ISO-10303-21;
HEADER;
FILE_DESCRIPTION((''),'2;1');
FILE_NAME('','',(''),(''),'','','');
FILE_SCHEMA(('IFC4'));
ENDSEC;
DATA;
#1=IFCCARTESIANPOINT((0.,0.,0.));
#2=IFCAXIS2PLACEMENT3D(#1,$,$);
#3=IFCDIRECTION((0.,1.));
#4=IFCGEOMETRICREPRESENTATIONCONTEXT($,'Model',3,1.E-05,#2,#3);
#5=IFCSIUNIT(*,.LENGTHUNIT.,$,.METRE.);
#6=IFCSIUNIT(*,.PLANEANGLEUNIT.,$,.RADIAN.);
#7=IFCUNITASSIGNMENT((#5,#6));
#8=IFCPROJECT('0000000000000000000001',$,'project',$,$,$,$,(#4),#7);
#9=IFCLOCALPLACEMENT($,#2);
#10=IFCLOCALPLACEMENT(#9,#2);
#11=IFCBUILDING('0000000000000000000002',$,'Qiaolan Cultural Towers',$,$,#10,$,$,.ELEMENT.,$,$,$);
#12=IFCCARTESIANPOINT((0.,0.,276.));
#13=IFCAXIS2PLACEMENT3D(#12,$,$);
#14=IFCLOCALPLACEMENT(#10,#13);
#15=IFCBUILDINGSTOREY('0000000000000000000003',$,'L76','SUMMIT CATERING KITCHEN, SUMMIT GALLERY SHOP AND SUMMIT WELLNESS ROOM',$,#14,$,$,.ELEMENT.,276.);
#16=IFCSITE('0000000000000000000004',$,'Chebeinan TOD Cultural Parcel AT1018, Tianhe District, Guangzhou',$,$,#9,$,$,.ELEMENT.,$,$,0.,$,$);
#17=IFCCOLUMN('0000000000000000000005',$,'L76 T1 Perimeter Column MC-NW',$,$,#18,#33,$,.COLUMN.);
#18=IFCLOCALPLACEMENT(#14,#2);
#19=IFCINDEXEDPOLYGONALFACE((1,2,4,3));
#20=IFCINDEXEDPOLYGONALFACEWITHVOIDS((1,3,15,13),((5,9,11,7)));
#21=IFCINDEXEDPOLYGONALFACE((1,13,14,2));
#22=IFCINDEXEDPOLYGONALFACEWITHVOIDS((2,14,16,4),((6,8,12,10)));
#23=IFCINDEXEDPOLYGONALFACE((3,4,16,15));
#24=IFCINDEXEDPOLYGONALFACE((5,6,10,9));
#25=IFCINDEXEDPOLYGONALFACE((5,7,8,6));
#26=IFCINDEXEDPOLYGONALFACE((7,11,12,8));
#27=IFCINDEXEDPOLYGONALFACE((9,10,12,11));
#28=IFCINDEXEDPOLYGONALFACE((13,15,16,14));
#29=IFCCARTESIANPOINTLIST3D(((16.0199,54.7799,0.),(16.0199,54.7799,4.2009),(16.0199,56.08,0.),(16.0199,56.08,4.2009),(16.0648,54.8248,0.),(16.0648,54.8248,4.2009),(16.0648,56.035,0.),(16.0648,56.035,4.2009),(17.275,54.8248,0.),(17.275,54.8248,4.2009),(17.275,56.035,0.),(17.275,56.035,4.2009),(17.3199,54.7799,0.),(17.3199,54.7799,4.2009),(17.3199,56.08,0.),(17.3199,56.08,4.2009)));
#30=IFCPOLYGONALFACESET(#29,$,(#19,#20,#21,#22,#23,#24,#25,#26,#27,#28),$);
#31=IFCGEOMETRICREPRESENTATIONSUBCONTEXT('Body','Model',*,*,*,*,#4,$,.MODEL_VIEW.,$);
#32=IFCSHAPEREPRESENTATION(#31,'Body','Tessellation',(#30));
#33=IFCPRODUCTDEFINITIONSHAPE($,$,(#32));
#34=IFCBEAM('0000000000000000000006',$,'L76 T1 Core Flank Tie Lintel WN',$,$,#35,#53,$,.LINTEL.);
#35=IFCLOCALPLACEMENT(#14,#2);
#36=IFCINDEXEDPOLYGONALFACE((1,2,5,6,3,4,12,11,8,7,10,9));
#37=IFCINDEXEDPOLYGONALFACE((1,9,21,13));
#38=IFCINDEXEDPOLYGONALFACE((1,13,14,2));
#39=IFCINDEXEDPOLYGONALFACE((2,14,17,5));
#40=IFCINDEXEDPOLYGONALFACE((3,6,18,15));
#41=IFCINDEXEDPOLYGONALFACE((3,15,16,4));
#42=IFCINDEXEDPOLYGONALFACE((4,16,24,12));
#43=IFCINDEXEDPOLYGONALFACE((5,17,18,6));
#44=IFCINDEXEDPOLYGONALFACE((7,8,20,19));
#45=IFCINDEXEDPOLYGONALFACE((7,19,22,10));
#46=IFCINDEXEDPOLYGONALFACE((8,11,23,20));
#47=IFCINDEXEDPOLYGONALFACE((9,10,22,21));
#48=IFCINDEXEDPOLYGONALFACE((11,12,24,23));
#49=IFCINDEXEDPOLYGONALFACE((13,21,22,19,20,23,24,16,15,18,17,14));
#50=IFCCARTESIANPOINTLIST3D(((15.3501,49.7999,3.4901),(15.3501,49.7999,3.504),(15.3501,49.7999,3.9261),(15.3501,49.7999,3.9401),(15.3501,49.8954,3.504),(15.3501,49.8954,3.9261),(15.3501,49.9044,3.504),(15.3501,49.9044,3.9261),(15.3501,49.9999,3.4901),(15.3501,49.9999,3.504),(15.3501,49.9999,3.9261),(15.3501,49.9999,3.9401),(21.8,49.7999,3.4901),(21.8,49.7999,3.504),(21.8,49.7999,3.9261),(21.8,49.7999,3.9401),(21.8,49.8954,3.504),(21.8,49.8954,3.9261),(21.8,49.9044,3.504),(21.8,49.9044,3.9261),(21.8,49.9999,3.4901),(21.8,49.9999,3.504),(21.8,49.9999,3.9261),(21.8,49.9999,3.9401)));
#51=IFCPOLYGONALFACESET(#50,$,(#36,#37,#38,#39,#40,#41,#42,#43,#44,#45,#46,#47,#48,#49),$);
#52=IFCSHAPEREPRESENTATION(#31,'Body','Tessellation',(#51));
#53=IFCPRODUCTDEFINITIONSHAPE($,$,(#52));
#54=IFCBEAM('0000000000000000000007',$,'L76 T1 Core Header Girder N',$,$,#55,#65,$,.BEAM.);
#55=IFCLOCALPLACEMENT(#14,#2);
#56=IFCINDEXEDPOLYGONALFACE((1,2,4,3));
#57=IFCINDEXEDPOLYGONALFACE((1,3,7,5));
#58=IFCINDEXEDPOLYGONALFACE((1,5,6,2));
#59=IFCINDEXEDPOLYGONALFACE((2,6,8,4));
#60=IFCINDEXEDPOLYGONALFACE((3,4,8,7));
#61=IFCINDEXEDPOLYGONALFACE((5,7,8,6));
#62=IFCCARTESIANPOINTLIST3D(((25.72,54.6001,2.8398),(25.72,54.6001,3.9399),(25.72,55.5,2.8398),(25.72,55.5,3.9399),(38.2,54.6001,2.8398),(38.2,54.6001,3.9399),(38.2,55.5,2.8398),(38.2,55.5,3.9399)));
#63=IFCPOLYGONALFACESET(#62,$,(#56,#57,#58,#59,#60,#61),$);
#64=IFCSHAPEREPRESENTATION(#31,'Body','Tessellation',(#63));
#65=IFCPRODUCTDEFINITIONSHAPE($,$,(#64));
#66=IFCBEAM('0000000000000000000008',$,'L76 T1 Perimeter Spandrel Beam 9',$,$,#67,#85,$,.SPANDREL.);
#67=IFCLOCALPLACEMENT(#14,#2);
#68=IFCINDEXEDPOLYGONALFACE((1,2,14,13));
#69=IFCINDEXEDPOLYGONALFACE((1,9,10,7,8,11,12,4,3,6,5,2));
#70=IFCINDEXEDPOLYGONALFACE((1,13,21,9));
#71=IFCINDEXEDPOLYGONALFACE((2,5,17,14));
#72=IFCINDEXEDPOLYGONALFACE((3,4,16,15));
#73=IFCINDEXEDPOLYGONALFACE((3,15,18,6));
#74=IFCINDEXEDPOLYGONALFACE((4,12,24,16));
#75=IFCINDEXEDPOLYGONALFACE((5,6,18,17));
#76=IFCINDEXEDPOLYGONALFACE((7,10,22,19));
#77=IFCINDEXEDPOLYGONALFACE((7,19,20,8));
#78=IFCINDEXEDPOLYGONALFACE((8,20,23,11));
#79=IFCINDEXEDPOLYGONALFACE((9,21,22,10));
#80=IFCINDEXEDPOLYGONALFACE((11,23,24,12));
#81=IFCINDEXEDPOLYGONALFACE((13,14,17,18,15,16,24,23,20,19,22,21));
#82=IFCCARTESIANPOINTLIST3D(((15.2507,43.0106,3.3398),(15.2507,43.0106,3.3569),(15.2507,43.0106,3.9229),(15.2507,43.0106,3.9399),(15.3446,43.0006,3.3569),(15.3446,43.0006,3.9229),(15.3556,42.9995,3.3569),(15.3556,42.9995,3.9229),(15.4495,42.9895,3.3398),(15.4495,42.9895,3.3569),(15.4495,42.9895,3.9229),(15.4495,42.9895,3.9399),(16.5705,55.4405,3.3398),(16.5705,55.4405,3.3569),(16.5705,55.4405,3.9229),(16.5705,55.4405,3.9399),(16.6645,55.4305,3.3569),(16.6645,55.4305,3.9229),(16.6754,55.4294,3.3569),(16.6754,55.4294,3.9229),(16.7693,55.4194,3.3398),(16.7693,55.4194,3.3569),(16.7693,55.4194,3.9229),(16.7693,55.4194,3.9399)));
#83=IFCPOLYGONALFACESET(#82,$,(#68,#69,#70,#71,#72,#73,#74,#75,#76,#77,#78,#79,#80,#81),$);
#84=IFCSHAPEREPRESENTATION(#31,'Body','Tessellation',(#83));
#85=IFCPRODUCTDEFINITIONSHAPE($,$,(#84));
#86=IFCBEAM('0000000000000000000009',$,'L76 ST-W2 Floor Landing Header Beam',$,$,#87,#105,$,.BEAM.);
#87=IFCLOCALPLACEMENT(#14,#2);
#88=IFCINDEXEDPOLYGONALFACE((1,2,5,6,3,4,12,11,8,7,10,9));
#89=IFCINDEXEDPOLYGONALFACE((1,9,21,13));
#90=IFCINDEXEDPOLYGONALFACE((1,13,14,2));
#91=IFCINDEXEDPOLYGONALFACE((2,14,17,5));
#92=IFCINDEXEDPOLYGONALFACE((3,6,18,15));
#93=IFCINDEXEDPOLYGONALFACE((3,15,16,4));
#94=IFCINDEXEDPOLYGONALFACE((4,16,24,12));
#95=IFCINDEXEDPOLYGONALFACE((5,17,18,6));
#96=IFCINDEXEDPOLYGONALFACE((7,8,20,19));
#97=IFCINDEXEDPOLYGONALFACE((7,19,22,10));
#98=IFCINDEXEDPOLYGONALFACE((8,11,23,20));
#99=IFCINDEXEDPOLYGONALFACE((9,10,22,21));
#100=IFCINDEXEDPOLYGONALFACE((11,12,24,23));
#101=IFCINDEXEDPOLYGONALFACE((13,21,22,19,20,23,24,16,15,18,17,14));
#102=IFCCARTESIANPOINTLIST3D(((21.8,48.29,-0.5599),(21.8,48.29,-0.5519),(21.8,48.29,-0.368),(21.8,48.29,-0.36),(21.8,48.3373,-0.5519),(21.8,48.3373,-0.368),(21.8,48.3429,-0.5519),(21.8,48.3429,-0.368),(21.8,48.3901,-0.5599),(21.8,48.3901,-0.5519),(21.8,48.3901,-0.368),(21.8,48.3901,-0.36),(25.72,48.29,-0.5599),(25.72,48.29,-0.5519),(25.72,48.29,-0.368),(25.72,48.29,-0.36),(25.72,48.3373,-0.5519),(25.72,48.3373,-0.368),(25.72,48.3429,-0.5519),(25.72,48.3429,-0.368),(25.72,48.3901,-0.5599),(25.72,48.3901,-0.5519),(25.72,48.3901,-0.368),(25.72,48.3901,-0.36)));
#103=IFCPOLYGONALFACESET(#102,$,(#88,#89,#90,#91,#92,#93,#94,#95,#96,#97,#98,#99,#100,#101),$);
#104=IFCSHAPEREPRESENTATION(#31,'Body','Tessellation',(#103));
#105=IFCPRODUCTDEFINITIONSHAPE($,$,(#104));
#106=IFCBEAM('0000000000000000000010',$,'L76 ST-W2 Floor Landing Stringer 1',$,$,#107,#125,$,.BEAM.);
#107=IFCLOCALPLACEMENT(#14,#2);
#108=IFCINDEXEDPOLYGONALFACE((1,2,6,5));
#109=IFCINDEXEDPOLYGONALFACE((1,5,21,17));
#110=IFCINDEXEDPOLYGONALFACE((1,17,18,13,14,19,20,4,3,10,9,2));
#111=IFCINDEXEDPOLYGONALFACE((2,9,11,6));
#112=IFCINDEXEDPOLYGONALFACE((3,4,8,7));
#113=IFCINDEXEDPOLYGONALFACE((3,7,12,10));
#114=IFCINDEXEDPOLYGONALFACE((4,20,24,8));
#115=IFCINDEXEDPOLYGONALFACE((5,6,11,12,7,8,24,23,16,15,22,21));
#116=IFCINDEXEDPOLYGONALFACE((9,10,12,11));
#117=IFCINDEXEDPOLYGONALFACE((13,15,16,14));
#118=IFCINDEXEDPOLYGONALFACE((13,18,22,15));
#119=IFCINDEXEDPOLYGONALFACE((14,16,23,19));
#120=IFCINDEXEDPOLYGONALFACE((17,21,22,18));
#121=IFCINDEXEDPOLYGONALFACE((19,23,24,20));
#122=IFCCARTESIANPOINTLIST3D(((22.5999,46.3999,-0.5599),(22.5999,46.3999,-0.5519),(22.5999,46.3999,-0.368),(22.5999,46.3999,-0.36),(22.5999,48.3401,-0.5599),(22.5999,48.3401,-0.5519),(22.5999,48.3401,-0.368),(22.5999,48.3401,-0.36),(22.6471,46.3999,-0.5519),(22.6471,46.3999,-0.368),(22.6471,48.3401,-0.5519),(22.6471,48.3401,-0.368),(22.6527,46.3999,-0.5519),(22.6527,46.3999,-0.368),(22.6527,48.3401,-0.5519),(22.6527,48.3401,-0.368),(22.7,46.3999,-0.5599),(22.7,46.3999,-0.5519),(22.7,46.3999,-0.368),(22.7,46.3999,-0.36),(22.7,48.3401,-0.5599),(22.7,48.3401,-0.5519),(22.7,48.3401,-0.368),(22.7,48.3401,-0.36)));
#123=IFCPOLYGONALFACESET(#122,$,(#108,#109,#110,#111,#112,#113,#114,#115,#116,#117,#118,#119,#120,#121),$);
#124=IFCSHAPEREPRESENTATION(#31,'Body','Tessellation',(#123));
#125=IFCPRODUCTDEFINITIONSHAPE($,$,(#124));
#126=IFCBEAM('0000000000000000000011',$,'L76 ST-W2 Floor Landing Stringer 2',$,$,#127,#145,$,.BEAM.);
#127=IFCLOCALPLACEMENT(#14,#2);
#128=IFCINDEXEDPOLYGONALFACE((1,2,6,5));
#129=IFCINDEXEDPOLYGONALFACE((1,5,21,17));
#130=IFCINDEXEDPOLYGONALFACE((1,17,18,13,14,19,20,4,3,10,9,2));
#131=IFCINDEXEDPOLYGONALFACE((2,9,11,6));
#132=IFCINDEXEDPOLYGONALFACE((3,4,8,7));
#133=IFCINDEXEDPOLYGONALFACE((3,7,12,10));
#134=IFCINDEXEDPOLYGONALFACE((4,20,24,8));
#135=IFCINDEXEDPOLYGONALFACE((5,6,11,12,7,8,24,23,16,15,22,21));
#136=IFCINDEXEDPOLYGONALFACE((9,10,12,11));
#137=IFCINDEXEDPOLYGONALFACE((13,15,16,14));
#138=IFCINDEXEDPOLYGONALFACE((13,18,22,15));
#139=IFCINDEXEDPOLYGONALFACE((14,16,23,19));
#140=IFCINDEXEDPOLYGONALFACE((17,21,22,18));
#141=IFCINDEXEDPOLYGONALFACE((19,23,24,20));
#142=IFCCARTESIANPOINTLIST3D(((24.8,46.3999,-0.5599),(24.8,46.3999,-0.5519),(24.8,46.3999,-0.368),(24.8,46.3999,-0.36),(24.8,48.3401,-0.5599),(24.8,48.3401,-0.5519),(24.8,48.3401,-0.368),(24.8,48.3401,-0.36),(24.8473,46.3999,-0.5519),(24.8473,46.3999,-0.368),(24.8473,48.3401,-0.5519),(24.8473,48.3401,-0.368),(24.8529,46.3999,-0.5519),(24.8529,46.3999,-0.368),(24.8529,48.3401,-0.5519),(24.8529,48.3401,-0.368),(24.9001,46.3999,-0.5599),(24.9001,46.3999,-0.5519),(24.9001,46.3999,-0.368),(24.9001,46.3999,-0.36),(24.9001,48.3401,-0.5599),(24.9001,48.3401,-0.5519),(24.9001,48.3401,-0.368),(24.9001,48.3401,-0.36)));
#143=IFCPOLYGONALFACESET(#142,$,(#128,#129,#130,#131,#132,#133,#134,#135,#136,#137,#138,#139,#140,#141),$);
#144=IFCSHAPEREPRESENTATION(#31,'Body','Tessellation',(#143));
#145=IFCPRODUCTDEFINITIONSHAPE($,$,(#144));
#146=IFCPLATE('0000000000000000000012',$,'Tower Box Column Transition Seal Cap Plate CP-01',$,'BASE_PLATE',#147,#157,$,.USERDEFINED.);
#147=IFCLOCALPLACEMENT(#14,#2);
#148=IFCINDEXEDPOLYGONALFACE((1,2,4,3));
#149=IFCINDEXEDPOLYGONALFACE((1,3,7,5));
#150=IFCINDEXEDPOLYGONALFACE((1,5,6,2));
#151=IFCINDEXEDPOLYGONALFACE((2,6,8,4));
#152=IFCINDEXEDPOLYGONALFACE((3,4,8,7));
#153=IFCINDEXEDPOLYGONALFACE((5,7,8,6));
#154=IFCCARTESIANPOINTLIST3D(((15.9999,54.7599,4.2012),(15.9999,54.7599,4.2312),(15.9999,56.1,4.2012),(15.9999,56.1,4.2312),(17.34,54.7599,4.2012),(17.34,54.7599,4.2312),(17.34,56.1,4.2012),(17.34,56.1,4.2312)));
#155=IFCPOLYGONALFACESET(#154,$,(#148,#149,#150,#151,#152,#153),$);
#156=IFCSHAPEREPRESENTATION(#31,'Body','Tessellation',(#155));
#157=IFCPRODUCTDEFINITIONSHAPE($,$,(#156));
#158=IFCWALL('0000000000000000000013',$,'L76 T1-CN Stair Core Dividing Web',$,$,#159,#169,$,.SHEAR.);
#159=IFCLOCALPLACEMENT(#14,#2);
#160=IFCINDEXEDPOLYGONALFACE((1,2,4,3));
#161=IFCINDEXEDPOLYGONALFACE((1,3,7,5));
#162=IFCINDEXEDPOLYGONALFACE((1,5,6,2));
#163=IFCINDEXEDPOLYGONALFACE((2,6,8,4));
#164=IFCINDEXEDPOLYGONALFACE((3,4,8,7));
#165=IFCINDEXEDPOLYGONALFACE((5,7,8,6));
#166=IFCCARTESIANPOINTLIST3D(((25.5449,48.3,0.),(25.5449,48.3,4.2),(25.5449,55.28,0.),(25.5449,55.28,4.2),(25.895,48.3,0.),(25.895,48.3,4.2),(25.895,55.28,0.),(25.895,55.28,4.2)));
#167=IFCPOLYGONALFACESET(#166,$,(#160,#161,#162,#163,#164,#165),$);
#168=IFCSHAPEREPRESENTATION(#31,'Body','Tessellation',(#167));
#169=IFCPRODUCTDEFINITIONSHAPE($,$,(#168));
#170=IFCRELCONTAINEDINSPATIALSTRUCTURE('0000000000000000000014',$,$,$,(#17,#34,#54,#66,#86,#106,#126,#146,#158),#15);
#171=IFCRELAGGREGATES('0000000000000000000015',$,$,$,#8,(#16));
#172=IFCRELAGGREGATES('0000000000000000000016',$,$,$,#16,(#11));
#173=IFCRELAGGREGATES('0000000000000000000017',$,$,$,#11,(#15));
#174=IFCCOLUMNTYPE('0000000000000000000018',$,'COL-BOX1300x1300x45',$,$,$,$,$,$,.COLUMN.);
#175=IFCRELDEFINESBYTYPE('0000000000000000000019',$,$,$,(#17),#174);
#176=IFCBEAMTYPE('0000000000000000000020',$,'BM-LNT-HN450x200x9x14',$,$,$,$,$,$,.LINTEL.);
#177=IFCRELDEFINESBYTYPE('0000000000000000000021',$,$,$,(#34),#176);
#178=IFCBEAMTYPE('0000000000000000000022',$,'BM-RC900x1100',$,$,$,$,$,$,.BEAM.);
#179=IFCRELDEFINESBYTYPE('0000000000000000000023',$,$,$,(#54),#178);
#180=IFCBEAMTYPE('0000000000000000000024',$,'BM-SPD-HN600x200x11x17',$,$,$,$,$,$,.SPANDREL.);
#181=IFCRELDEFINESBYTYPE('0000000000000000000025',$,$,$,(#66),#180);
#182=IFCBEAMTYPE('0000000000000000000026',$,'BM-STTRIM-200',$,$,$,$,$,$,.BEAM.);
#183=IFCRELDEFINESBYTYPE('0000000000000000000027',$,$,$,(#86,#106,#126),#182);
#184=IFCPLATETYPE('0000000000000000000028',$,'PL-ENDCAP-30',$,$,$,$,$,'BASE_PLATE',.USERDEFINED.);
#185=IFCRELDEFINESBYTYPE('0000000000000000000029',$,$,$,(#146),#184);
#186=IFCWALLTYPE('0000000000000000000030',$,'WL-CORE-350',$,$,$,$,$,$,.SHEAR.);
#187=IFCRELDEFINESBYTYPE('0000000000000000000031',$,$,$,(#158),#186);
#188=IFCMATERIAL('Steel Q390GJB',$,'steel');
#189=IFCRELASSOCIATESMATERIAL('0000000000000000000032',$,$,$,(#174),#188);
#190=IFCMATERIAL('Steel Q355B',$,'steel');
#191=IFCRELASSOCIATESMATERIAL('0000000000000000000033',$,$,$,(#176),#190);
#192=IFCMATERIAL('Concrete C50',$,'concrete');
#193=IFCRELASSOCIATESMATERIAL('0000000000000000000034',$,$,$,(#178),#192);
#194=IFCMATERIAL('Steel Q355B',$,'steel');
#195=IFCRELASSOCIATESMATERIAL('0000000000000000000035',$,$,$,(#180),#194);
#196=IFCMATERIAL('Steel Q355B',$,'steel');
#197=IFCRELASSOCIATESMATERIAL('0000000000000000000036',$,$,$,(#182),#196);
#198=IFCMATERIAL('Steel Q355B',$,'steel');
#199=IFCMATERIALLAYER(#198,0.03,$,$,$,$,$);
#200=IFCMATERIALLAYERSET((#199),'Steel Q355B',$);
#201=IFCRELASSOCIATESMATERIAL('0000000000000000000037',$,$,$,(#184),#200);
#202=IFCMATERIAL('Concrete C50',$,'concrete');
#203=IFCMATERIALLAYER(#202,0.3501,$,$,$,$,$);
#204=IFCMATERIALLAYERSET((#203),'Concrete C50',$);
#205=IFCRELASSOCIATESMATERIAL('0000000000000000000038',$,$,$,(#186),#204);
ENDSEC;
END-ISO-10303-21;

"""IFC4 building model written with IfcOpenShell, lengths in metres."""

from ifc_helpers import new_model, si_unit, direction, frame, frame_2d, origin, origin_2d, place, context, subcontext, project, spatial, rectangle, hollow_rectangle, i_section, extrude, material, layer, layer_set, material_profile, profile_set, type_object, element, save


model = new_model("IFC4")

# Units and contexts
model_context = context("Model", 3, precision=1e-05, world=origin(), true_north=direction((0.0, 1.0)))
body_context = subcontext(model_context, "Body", "Model", "MODEL_VIEW")
ifc_project = project(units=[si_unit("LENGTHUNIT", "METRE"), si_unit("PLANEANGLEUNIT", "RADIAN")], contexts=[model_context])

# Site, building, storey
site_placement = place(None, origin())
site = spatial("IfcSite", under=ifc_project, at=site_placement, Name="Chebeinan TOD Cultural Parcel AT1018, Tianhe District, Guangzhou", CompositionType="ELEMENT", RefElevation=0.0)
building_placement = place(site_placement, origin())
building = spatial("IfcBuilding", under=site, at=building_placement, Name="Qiaolan Cultural Towers", CompositionType="ELEMENT")
storey_placement = place(building_placement, frame((0.0, 0.0, 276.0)))
storey = spatial("IfcBuildingStorey", under=building, at=storey_placement, Name="L76", Description="SUMMIT CATERING KITCHEN, SUMMIT GALLERY SHOP AND SUMMIT WELLNESS ROOM", CompositionType="ELEMENT", Elevation=276.0)

# Column
ifc_material_1 = material(Name="Steel Q390GJB", Category="steel")
ifc_material_profile_1 = material_profile(ifc_material_1, hollow_rectangle(XDim=1.3, YDim=1.3, WallThickness=0.0449, at=origin_2d()), Name="BOX1300x1300x45")
ifc_profile_set_1 = profile_set([ifc_material_profile_1], Name="Steel Q390GJB")
column_type = type_object("IfcColumnType", Name="COL-BOX1300x1300x45", PredefinedType="COLUMN", material=ifc_profile_set_1)
column_placement = place(storey_placement, frame((16.6699, 55.4299, 0.0), z_axis=(0.0, 0.0, 1.0), x_axis=(1.0, 0.0, 0.0)))
element("IfcColumn", 1, at=column_placement, inside=storey, type_object=column_type, Name="L76 T1 Perimeter Column MC-NW", PredefinedType="COLUMN", context=body_context, shape_type="SweptSolid", body=[
    extrude(hollow_rectangle(XDim=1.3, YDim=1.3, WallThickness=0.0449, at=origin_2d()), origin(), (0.0, 0.0, 1.0), 4.2009),
])

# Beams
ifc_material_2 = material(Name="Steel Q355B", Category="steel")
ifc_material_profile_2 = material_profile(ifc_material_2, i_section(OverallWidth=0.2, OverallDepth=0.45, WebThickness=0.009, FlangeThickness=0.0139, at=origin_2d()), Name="HN450x200x9x14")
ifc_profile_set_2 = profile_set([ifc_material_profile_2], Name="Steel Q355B")
beam_type_1 = type_object("IfcBeamType", Name="BM-LNT-HN450x200x9x14", PredefinedType="LINTEL", material=ifc_profile_set_2)
beam_1_placement = place(storey_placement, frame((21.8, 49.8999, 3.7151), z_axis=(-1.0, 0.0, 0.0), x_axis=(0.0, -1.0, 0.0)))
element("IfcBeam", 2, at=beam_1_placement, inside=storey, type_object=beam_type_1, Name="L76 T1 Core Flank Tie Lintel WN", PredefinedType="LINTEL", context=body_context, shape_type="SweptSolid", body=[
    extrude(i_section(OverallWidth=0.2, OverallDepth=0.45, WebThickness=0.009, FlangeThickness=0.0139, at=origin_2d()), origin(), (0.0, 0.0, 1.0), 6.45),
])
ifc_material_3 = material(Name="Concrete C50", Category="concrete")
ifc_material_profile_3 = material_profile(ifc_material_3, rectangle(XDim=0.8999, YDim=1.1001, at=origin_2d()), Name="RC900x1100")
ifc_profile_set_3 = profile_set([ifc_material_profile_3], Name="Concrete C50")
beam_type_2 = type_object("IfcBeamType", Name="BM-RC900x1100", PredefinedType="BEAM", material=ifc_profile_set_3)
beam_2_placement = place(storey_placement, frame((25.72, 55.05, 3.3899), z_axis=(1.0, 0.0, 0.0), x_axis=(0.0, 1.0, 0.0)))
element("IfcBeam", 3, at=beam_2_placement, inside=storey, type_object=beam_type_2, Name="L76 T1 Core Header Girder N", PredefinedType="BEAM", context=body_context, shape_type="SweptSolid", body=[
    extrude(rectangle(XDim=0.8999, YDim=1.1001, at=origin_2d()), origin(), (0.0, 0.0, 1.0), 12.48),
])
ifc_material_4 = material(Name="Steel Q355B", Category="steel")
ifc_material_profile_4 = material_profile(ifc_material_4, i_section(OverallWidth=0.2, OverallDepth=0.6001, WebThickness=0.011, FlangeThickness=0.0171, at=origin_2d()), Name="HN600x200x11x17")
ifc_profile_set_4 = profile_set([ifc_material_profile_4], Name="Steel Q355B")
beam_type_3 = type_object("IfcBeamType", Name="BM-SPD-HN600x200x11x17", PredefinedType="SPANDREL", material=ifc_profile_set_4)
beam_3_placement = place(storey_placement, frame((16.6699, 55.4299, 3.6399), z_axis=(-0.105588, -0.99441, 0.0), x_axis=(0.99441, -0.105588, 0.0)))
element("IfcBeam", 4, at=beam_3_placement, inside=storey, type_object=beam_type_3, Name="L76 T1 Perimeter Spandrel Beam 9", PredefinedType="SPANDREL", context=body_context, shape_type="SweptSolid", body=[
    extrude(i_section(OverallWidth=0.2, OverallDepth=0.6001, WebThickness=0.011, FlangeThickness=0.0171, at=origin_2d()), origin(), (0.0, 0.0, 1.0), 12.4998),
])
ifc_material_5 = material(Name="Steel Q355B", Category="steel")
ifc_material_profile_5 = material_profile(ifc_material_5, i_section(OverallWidth=0.1001, OverallDepth=0.2, WebThickness=0.0056, FlangeThickness=0.0081, at=origin_2d()), Name="HN200x100x5.5x8")
ifc_profile_set_5 = profile_set([ifc_material_profile_5], Name="Steel Q355B")
beam_type_4 = type_object("IfcBeamType", Name="BM-STTRIM-200", PredefinedType="BEAM", material=ifc_profile_set_5)
beam_4_placement = place(storey_placement, frame((21.8, 48.3401, -0.46), z_axis=(1.0, 0.0, 0.0), x_axis=(0.0, 1.0, 0.0)))
element("IfcBeam", 5, at=beam_4_placement, inside=storey, type_object=beam_type_4, Name="L76 ST-W2 Floor Landing Header Beam", PredefinedType="BEAM", context=body_context, shape_type="SweptSolid", body=[
    extrude(i_section(OverallWidth=0.1001, OverallDepth=0.2, WebThickness=0.0056, FlangeThickness=0.0081, at=origin_2d()), origin(), (0.0, 0.0, 1.0), 3.9199),
])
for number, where, z_axis, x_axis, name in (
    (6, (22.6499, 46.3999, -0.46), (0.0, 1.0, 0.0), (-1.0, 0.0, 0.0), "L76 ST-W2 Floor Landing Stringer 1"),
    (7, (24.8501, 46.3999, -0.46), (0.0, 1.0, 0.0), (-1.0, 0.0, 0.0), "L76 ST-W2 Floor Landing Stringer 2"),
):
    element("IfcBeam", number, at=place(storey_placement, frame(where, z_axis=z_axis, x_axis=x_axis)), inside=storey, type_object=beam_type_4, Name=name, PredefinedType="BEAM", context=body_context, shape_type="SweptSolid", body=[
        extrude(i_section(OverallWidth=0.1001, OverallDepth=0.2, WebThickness=0.0056, FlangeThickness=0.0081, at=origin_2d()), origin(), (0.0, 0.0, 1.0), 1.9402),
    ])

# Plate
ifc_material_6 = material(Name="Steel Q355B", Category="steel")
ifc_layer_1 = layer(ifc_material_6, 0.03)
ifc_layer_set_1 = layer_set([ifc_layer_1], Name="Steel Q355B")
plate_type = type_object("IfcPlateType", Name="PL-ENDCAP-30", ElementType="BASE_PLATE", PredefinedType="USERDEFINED", material=ifc_layer_set_1)
plate_placement = place(storey_placement, frame((16.6699, 55.4299, 4.2012), z_axis=(0.0, 0.0, 1.0), x_axis=(1.0, 0.0, 0.0)))
element("IfcPlate", 8, at=plate_placement, inside=storey, type_object=plate_type, Name="Tower Box Column Transition Seal Cap Plate CP-01", ObjectType="BASE_PLATE", PredefinedType="USERDEFINED", context=body_context, shape_type="SweptSolid", body=[
    extrude(rectangle(XDim=1.3401, YDim=1.3401, at=origin_2d()), origin(), (0.0, 0.0, 1.0), 0.03),
])

# Wall
ifc_material_7 = material(Name="Concrete C50", Category="concrete")
ifc_layer_2 = layer(ifc_material_7, 0.3501)
ifc_layer_set_2 = layer_set([ifc_layer_2], Name="Concrete C50")
wall_type_1 = type_object("IfcWallType", Name="WL-CORE-350", PredefinedType="SHEAR", material=ifc_layer_set_2)
wall_1_placement = place(storey_placement, frame((25.72, 48.3, 0.0), z_axis=(0.0, 0.0, 1.0), x_axis=(0.0, 1.0, 0.0)))
element("IfcWall", 9, at=wall_1_placement, inside=storey, type_object=wall_type_1, Name="L76 T1-CN Stair Core Dividing Web", PredefinedType="SHEAR", context=body_context, shape_type="SweptSolid", body=[
    extrude(rectangle(XDim=6.98, YDim=0.3501, at=frame_2d((3.49, 0.0))), origin(), (0.0, 0.0, 1.0), 4.2),
])

save(model, "model.ifc")
